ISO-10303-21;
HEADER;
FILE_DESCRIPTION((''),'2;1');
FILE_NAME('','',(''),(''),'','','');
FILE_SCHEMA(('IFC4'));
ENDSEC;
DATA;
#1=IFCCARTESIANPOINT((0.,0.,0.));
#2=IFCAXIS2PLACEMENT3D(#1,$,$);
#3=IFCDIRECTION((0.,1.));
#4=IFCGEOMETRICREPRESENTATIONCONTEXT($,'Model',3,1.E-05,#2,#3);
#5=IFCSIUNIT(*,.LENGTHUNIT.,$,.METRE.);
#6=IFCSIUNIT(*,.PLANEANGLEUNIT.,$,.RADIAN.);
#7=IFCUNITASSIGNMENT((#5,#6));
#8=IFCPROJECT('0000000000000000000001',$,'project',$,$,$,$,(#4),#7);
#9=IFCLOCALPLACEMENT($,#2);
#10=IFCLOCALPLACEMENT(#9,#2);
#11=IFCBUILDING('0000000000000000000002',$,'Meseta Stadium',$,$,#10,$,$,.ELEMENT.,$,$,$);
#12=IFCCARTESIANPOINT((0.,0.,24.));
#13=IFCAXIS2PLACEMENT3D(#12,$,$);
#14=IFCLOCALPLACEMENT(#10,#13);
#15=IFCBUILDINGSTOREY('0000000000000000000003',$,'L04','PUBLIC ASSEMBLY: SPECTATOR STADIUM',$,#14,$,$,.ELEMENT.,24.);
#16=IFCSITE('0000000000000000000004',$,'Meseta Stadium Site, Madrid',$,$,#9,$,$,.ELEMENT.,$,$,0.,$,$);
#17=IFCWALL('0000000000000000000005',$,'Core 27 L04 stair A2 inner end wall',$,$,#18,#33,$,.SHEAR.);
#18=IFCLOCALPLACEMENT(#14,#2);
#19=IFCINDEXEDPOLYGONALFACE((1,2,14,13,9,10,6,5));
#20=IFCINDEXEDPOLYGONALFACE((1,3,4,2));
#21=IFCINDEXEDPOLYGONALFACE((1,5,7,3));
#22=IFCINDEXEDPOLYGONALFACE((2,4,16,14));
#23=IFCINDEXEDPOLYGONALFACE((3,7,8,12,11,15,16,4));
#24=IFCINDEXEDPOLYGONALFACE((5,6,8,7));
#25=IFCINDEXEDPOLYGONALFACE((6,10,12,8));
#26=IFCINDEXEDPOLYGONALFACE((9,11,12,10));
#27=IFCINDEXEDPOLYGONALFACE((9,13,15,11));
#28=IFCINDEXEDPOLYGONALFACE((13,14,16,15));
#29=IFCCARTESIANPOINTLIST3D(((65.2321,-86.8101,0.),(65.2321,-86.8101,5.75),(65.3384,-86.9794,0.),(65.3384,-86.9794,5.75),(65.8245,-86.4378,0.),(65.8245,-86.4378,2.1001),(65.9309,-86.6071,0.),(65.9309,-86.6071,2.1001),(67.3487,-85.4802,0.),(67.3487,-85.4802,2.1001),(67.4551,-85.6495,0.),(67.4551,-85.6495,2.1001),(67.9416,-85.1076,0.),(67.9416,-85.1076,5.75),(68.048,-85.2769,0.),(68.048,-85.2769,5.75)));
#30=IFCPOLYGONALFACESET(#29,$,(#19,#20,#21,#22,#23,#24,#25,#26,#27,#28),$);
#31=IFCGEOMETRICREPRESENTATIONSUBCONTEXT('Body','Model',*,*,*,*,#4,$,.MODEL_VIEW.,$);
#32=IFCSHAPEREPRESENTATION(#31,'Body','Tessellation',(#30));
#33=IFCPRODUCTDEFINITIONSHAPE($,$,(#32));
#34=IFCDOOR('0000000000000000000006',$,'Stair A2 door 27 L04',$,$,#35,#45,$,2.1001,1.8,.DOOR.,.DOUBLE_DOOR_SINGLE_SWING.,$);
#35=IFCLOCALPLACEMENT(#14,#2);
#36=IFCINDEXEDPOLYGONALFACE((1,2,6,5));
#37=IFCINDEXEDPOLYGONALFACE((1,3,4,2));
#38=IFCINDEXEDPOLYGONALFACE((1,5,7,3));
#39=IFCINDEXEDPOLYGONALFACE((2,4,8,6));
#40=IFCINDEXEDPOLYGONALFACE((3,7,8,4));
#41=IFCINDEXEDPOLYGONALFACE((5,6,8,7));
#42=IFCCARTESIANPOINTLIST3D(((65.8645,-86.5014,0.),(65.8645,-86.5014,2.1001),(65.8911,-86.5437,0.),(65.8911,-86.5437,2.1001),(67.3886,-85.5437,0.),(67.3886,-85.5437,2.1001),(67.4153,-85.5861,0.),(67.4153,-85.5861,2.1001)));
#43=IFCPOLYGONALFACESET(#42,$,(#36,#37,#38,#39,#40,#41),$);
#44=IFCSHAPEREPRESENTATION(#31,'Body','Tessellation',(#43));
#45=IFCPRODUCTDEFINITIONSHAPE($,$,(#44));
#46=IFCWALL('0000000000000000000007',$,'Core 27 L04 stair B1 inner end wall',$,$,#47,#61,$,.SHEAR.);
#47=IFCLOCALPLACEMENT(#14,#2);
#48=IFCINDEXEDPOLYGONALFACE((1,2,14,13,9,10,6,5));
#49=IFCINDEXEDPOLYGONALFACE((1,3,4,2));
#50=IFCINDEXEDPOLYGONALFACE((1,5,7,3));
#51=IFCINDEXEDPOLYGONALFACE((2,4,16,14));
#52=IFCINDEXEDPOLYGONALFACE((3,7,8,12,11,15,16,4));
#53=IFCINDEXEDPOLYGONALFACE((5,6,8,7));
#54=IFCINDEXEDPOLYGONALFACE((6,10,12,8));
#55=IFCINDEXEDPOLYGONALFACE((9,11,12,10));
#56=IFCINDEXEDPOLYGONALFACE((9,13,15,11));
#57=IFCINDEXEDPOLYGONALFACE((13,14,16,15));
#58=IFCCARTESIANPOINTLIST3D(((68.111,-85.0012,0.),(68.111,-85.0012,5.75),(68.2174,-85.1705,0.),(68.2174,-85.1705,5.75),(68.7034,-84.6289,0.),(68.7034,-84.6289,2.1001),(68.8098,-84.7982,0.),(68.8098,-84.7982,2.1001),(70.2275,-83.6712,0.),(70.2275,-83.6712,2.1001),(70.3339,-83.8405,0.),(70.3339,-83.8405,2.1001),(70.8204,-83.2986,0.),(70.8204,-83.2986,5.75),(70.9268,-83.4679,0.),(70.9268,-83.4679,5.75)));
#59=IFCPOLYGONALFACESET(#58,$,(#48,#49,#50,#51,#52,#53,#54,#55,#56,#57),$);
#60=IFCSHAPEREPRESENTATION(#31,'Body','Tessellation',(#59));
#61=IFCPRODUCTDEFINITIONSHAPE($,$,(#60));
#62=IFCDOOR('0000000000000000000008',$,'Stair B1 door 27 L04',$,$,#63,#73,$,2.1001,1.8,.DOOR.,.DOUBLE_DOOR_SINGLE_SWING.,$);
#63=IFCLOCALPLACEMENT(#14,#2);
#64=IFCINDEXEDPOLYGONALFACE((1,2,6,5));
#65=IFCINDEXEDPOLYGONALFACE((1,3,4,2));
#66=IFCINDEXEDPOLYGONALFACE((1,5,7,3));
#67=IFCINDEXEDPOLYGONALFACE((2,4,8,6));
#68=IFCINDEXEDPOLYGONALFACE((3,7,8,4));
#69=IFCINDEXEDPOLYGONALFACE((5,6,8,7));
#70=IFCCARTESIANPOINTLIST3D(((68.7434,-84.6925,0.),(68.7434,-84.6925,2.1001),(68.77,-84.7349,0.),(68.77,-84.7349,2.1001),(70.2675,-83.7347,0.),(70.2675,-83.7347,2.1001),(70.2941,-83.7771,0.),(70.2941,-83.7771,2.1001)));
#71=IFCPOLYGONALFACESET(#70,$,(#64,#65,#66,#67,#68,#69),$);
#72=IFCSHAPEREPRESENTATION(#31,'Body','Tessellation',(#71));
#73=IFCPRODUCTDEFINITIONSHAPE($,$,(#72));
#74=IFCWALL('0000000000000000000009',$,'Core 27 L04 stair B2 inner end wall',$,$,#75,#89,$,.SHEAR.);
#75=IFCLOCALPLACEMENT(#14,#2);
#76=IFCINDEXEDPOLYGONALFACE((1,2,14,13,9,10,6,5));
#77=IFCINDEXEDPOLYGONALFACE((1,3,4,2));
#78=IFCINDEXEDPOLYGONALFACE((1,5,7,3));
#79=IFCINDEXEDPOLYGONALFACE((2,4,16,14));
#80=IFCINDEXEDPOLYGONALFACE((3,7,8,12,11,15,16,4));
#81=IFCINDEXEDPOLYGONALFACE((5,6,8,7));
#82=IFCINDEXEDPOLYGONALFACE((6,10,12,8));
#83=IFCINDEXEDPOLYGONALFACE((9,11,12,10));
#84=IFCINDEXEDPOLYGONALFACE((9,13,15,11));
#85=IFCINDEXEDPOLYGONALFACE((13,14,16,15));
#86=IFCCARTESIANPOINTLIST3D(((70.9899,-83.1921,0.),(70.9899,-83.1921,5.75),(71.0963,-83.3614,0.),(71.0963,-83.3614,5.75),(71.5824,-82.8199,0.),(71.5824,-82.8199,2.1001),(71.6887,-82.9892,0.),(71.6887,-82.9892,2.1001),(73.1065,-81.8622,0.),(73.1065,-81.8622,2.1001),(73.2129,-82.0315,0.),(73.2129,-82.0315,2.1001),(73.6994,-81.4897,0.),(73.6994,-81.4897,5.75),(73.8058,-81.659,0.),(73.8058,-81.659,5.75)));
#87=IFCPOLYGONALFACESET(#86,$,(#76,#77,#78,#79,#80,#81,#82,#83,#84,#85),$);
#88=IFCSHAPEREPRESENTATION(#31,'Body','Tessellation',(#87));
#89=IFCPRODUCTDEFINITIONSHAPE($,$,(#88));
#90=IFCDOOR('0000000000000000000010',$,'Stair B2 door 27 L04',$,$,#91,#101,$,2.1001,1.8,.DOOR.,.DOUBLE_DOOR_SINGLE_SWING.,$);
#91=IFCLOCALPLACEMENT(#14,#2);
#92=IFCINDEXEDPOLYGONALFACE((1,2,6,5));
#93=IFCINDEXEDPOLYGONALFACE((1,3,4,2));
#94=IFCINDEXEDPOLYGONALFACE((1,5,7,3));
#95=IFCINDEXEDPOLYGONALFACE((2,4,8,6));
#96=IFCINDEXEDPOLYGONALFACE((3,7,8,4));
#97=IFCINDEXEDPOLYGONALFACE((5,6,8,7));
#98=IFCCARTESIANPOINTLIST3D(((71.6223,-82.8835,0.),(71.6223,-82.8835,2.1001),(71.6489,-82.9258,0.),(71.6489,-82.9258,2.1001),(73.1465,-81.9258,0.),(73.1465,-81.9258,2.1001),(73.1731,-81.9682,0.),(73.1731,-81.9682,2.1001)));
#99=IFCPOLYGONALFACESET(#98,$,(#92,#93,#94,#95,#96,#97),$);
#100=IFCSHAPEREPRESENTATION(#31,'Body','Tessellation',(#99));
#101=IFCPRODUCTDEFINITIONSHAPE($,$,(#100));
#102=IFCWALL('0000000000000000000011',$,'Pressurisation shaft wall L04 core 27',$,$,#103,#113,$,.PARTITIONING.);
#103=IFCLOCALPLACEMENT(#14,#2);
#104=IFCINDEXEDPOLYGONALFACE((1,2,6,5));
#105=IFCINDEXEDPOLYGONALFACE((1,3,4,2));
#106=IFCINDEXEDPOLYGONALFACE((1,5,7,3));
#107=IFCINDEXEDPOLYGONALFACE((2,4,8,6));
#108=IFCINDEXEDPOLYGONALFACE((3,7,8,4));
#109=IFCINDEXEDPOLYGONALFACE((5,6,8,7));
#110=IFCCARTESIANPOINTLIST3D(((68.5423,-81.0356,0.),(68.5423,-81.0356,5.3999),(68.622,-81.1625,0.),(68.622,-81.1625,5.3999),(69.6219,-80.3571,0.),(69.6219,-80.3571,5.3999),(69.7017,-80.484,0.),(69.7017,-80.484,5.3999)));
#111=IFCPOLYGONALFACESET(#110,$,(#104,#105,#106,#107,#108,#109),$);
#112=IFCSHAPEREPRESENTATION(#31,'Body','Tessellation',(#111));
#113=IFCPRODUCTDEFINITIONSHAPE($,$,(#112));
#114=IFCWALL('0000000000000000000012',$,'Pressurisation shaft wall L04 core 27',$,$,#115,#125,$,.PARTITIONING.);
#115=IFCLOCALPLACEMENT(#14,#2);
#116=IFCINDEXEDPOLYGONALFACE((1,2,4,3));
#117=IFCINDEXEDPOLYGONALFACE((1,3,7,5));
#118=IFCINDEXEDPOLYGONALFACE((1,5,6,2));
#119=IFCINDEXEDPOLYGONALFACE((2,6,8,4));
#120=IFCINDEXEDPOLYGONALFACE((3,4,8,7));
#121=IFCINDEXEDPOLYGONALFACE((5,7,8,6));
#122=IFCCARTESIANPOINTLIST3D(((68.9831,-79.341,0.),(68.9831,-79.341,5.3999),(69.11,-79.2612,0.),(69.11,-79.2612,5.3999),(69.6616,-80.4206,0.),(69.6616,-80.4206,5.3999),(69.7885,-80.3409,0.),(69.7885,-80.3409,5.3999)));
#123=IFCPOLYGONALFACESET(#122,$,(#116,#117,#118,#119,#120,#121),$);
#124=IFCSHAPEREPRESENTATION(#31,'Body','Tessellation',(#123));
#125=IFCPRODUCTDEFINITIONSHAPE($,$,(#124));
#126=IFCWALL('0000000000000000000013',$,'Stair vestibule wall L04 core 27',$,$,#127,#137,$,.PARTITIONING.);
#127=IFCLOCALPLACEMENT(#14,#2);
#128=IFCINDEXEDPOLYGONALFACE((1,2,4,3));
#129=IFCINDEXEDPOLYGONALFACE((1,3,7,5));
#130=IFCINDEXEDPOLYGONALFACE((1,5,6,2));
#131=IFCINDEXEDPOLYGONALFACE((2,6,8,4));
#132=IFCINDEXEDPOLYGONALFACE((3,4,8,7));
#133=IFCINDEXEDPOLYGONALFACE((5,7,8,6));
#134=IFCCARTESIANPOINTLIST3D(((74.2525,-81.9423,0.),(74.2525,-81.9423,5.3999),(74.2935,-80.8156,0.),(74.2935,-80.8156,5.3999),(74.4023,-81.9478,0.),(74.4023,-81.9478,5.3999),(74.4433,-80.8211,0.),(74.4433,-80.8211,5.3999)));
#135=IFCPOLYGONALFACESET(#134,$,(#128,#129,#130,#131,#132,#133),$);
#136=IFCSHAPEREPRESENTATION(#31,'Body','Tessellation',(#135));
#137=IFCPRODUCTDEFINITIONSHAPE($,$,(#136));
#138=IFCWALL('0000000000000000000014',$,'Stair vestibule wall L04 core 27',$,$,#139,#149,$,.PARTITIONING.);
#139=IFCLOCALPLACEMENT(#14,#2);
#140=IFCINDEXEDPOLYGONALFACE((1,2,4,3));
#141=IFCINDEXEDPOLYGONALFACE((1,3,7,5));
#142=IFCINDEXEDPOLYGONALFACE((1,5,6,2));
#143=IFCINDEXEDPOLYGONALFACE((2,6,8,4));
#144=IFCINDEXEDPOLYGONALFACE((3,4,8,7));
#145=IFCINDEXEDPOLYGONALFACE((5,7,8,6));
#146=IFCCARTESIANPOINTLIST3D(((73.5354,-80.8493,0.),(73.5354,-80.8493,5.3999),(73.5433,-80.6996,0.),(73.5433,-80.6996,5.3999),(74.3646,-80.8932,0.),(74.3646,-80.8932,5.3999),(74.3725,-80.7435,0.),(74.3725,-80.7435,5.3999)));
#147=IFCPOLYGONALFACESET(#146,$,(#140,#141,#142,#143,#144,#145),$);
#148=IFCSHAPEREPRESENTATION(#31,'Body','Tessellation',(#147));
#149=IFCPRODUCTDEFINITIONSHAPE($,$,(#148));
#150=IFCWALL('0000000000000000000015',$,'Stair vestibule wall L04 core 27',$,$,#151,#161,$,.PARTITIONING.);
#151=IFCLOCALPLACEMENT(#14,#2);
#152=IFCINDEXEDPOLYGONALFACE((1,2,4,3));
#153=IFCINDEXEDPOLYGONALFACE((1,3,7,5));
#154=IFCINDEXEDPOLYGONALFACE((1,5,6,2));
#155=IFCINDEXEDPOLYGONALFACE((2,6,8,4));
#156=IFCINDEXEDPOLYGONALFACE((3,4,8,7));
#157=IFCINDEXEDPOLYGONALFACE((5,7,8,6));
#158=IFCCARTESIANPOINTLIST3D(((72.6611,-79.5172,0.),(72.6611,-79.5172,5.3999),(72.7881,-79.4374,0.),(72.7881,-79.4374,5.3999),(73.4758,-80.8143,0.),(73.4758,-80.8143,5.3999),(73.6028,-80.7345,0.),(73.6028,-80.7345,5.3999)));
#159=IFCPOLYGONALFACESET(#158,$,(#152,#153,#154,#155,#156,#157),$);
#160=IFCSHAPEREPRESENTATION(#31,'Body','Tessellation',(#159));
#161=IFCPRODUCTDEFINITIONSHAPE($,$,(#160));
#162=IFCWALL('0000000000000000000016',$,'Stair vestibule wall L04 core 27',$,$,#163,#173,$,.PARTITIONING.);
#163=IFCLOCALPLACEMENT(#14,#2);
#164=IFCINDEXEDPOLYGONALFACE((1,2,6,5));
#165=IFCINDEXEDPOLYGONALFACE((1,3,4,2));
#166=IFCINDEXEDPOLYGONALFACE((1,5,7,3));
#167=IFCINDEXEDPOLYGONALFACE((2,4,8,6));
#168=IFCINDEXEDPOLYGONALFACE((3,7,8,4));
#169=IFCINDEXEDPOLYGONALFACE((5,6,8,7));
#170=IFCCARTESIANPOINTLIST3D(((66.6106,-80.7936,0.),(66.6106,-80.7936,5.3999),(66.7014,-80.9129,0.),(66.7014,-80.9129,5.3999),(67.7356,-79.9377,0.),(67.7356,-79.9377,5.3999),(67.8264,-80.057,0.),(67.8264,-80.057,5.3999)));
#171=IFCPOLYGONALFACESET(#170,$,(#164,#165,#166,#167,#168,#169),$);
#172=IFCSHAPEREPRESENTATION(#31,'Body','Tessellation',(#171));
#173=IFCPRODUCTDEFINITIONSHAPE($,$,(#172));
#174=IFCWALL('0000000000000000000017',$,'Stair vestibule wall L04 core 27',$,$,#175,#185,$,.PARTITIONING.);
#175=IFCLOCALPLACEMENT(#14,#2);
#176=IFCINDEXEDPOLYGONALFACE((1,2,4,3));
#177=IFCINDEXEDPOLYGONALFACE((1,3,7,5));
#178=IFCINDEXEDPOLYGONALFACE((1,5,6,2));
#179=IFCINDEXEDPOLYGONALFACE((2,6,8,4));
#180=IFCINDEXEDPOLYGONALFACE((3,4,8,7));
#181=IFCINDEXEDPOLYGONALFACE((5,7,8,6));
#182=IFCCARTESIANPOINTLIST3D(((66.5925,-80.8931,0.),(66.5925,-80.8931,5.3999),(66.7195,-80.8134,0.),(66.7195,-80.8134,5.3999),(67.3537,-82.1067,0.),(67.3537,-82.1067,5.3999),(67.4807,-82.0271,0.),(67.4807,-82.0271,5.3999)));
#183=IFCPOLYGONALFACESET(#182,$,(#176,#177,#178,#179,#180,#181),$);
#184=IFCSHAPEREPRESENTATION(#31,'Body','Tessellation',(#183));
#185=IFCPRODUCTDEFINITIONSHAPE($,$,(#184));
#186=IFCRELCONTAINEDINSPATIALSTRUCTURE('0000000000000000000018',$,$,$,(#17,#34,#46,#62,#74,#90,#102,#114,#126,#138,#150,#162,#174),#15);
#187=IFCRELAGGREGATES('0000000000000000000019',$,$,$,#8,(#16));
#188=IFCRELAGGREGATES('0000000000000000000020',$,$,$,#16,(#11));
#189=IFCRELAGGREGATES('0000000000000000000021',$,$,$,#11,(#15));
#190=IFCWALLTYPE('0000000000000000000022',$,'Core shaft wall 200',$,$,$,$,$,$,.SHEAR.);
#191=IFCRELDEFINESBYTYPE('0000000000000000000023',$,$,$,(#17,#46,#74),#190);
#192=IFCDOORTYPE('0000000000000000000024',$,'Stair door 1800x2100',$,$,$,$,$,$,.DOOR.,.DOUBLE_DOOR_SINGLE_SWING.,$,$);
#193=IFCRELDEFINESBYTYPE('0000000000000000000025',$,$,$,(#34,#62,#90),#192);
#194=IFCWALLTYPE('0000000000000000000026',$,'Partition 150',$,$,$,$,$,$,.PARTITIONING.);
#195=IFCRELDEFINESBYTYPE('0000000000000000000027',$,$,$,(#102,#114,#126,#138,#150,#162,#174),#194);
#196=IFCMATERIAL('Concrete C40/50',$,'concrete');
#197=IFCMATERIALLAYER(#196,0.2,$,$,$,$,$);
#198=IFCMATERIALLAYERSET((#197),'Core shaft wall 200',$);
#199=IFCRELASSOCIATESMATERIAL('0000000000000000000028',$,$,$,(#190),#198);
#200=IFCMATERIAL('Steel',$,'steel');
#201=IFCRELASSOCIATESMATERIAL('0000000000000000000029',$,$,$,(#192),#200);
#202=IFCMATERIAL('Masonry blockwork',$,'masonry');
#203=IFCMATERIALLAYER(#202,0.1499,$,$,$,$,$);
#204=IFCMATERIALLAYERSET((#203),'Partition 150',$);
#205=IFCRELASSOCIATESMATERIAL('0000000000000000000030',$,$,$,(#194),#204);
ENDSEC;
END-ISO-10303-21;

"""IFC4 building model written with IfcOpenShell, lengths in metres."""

from ifc_helpers import new_model, si_unit, direction, frame, frame_2d, origin, place, context, subcontext, project, spatial, rectangle, extrude, material, layer, layer_set, type_object, element, fill, save


model = new_model("IFC4")

# Units and contexts
model_context = context("Model", 3, precision=1e-05, world=origin(), true_north=direction((0.0, 1.0)))
body_context = subcontext(model_context, "Body", "Model", "MODEL_VIEW")
ifc_project = project(units=[si_unit("LENGTHUNIT", "METRE"), si_unit("PLANEANGLEUNIT", "RADIAN")], contexts=[model_context])

# Site, building, storey
site_placement = place(None, origin())
site = spatial("IfcSite", under=ifc_project, at=site_placement, Name="Meseta Stadium Site, Madrid", CompositionType="ELEMENT", RefElevation=0.0)
building_placement = place(site_placement, origin())
building = spatial("IfcBuilding", under=site, at=building_placement, Name="Meseta Stadium", CompositionType="ELEMENT")
storey_placement = place(building_placement, frame((0.0, 0.0, 24.0)))
storey = spatial("IfcBuildingStorey", under=building, at=storey_placement, Name="L04", Description="PUBLIC ASSEMBLY: SPECTATOR STADIUM", CompositionType="ELEMENT", Elevation=24.0)

# Walls, openings, doors
ifc_material_1 = material(Name="Concrete C40/50", Category="concrete")
ifc_layer_1 = layer(ifc_material_1, 0.2)
ifc_layer_set_1 = layer_set([ifc_layer_1], Name="Core shaft wall 200")
wall_type_1 = type_object("IfcWallType", Name="Core shaft wall 200", PredefinedType="SHEAR", material=ifc_layer_set_1)
ifc_material_2 = material(Name="Steel", Category="steel")
door_type = type_object("IfcDoorType", Name="Stair door 1800x2100", OperationType="DOUBLE_DOOR_SINGLE_SWING", PredefinedType="DOOR", material=ifc_material_2)
wall_1_placement = place(storey_placement, frame((65.2852, -86.8948, 0.0), z_axis=(0.0, 0.0, 1.0), x_axis=(0.846736, 0.532014, 0.0)))
wall_1 = element("IfcWall", 1, at=wall_1_placement, inside=storey, type_object=wall_type_1, Name="Core 27 L04 stair A2 inner end wall", PredefinedType="SHEAR", context=body_context, shape_type="SweptSolid", body=[
    extrude(rectangle(XDim=3.2, YDim=0.2, at=frame_2d((1.6001, 0.0))), origin(), (0.0, 0.0, 1.0), 5.75),
])
opening_1_placement = place(wall_1_placement, frame((0.7, 0.0, 0.0)))
opening_1 = element("IfcOpeningElement", 2, at=opening_1_placement, cuts=wall_1, PredefinedType="OPENING", context=body_context, shape_type="SweptSolid", body=[
    extrude(rectangle(XDim=1.8, YDim=2.1001, at=frame_2d((0.8999, 1.05))), frame((0.0, 0.1099, 0.0), z_axis=(0.0, -1.0, 0.0), x_axis=(1.0, 0.0, 0.0)), (0.0, 0.0, 1.0), 0.22),
])
door_1_placement = place(opening_1_placement, origin())
door_1 = element("IfcDoor", 3, at=door_1_placement, inside=storey, type_object=door_type, Name="Stair A2 door 27 L04", OperationType="DOUBLE_DOOR_SINGLE_SWING", OverallHeight=2.1001, OverallWidth=1.8, PredefinedType="DOOR", context=body_context, shape_type="SweptSolid", body=[
    extrude(rectangle(XDim=1.8, YDim=2.1001, at=frame_2d((0.8999, 1.05))), frame((0.0, 0.0249, 0.0), z_axis=(0.0, -1.0, 0.0), x_axis=(1.0, 0.0, 0.0)), (0.0, 0.0, 1.0), 0.05),
])
fill(opening_1, door_1)
wall_2_placement = place(storey_placement, frame((68.1641, -85.0859, 0.0), z_axis=(0.0, 0.0, 1.0), x_axis=(0.846701, 0.532068, 0.0)))
wall_2 = element("IfcWall", 4, at=wall_2_placement, inside=storey, type_object=wall_type_1, Name="Core 27 L04 stair B1 inner end wall", PredefinedType="SHEAR", context=body_context, shape_type="SweptSolid", body=[
    extrude(rectangle(XDim=3.2, YDim=0.2, at=frame_2d((1.6001, 0.0))), origin(), (0.0, 0.0, 1.0), 5.75),
])
opening_2_placement = place(wall_2_placement, frame((0.7, 0.0, 0.0)))
opening_2 = element("IfcOpeningElement", 5, at=opening_2_placement, cuts=wall_2, PredefinedType="OPENING", context=body_context, shape_type="SweptSolid", body=[
    extrude(rectangle(XDim=1.8, YDim=2.1001, at=frame_2d((0.8999, 1.05))), frame((0.0, 0.1099, 0.0), z_axis=(0.0, -1.0, 0.0), x_axis=(1.0, 0.0, 0.0)), (0.0, 0.0, 1.0), 0.22),
])
door_2_placement = place(opening_2_placement, origin())
door_2 = element("IfcDoor", 6, at=door_2_placement, inside=storey, type_object=door_type, Name="Stair B1 door 27 L04", OperationType="DOUBLE_DOOR_SINGLE_SWING", OverallHeight=2.1001, OverallWidth=1.8, PredefinedType="DOOR", context=body_context, shape_type="SweptSolid", body=[
    extrude(rectangle(XDim=1.8, YDim=2.1001, at=frame_2d((0.8999, 1.05))), frame((0.0, 0.0249, 0.0), z_axis=(0.0, -1.0, 0.0), x_axis=(1.0, 0.0, 0.0)), (0.0, 0.0, 1.0), 0.05),
])
fill(opening_2, door_2)
wall_3_placement = place(storey_placement, frame((71.043, -83.2769, 0.0), z_axis=(0.0, 0.0, 1.0), x_axis=(0.846736, 0.532014, 0.0)))
wall_3 = element("IfcWall", 7, at=wall_3_placement, inside=storey, type_object=wall_type_1, Name="Core 27 L04 stair B2 inner end wall", PredefinedType="SHEAR", context=body_context, shape_type="SweptSolid", body=[
    extrude(rectangle(XDim=3.2, YDim=0.2, at=frame_2d((1.6001, 0.0))), origin(), (0.0, 0.0, 1.0), 5.75),
])
opening_3_placement = place(wall_3_placement, frame((0.7, 0.0, 0.0)))
opening_3 = element("IfcOpeningElement", 8, at=opening_3_placement, cuts=wall_3, PredefinedType="OPENING", context=body_context, shape_type="SweptSolid", body=[
    extrude(rectangle(XDim=1.8, YDim=2.1001, at=frame_2d((0.8999, 1.05))), frame((0.0, 0.1099, 0.0), z_axis=(0.0, -1.0, 0.0), x_axis=(1.0, 0.0, 0.0)), (0.0, 0.0, 1.0), 0.22),
])
door_3_placement = place(opening_3_placement, origin())
door_3 = element("IfcDoor", 9, at=door_3_placement, inside=storey, type_object=door_type, Name="Stair B2 door 27 L04", OperationType="DOUBLE_DOOR_SINGLE_SWING", OverallHeight=2.1001, OverallWidth=1.8, PredefinedType="DOOR", context=body_context, shape_type="SweptSolid", body=[
    extrude(rectangle(XDim=1.8, YDim=2.1001, at=frame_2d((0.8999, 1.05))), frame((0.0, 0.0249, 0.0), z_axis=(0.0, -1.0, 0.0), x_axis=(1.0, 0.0, 0.0)), (0.0, 0.0, 1.0), 0.05),
])
fill(opening_3, door_3)

# Walls
ifc_material_3 = material(Name="Masonry blockwork", Category="masonry")
ifc_layer_2 = layer(ifc_material_3, 0.1499)
ifc_layer_set_2 = layer_set([ifc_layer_2], Name="Partition 150")
wall_type_2 = type_object("IfcWallType", Name="Partition 150", PredefinedType="PARTITIONING", material=ifc_layer_set_2)
for number, where, z_axis, x_axis, name in (
    (10, (68.582, -81.0991, 0.0), (0.0, 0.0, 1.0), (0.846683, 0.532097, 0.0), "Pressurisation shaft wall L04 core 27"),
    (11, (69.7251, -80.3809, 0.0), (0.0, 0.0, 1.0), (-0.532097, 0.846683, 0.0), "Pressurisation shaft wall L04 core 27"),
):
    element("IfcWall", number, at=place(storey_placement, frame(where, z_axis=z_axis, x_axis=x_axis)), inside=storey, type_object=wall_type_2, Name=name, PredefinedType="PARTITIONING", context=body_context, shape_type="SweptSolid", body=[
        extrude(rectangle(XDim=1.2751, YDim=0.1499, at=frame_2d((0.6377, 0.0))), origin(), (0.0, 0.0, 1.0), 5.3999),
    ])
wall_4_placement = place(storey_placement, frame((74.3274, -81.9451, 0.0), z_axis=(0.0, 0.0, 1.0), x_axis=(0.036379, 0.999338, 0.0)))
element("IfcWall", 12, at=wall_4_placement, inside=storey, type_object=wall_type_2, Name="Stair vestibule wall L04 core 27", PredefinedType="PARTITIONING", context=body_context, shape_type="SweptSolid", body=[
    extrude(rectangle(XDim=1.1274, YDim=0.1499, at=frame_2d((0.5637, 0.0))), origin(), (0.0, 0.0, 1.0), 5.3999),
])
wall_5_placement = place(storey_placement, frame((74.3684, -80.8184, 0.0), z_axis=(0.0, 0.0, 1.0), x_axis=(-0.998598, 0.052929, 0.0)))
element("IfcWall", 13, at=wall_5_placement, inside=storey, type_object=wall_type_2, Name="Stair vestibule wall L04 core 27", PredefinedType="PARTITIONING", context=body_context, shape_type="SweptSolid", body=[
    extrude(rectangle(XDim=0.8303, YDim=0.1499, at=frame_2d((0.415, 0.0))), origin(), (0.0, 0.0, 1.0), 5.3999),
])
wall_6_placement = place(storey_placement, frame((73.5393, -80.7744, 0.0), z_axis=(0.0, 0.0, 1.0), x_axis=(-0.531874, 0.846823, 0.0)))
element("IfcWall", 14, at=wall_6_placement, inside=storey, type_object=wall_type_2, Name="Stair vestibule wall L04 core 27", PredefinedType="PARTITIONING", context=body_context, shape_type="SweptSolid", body=[
    extrude(rectangle(XDim=1.5317, YDim=0.1499, at=frame_2d((0.7659, 0.0))), origin(), (0.0, 0.0, 1.0), 5.3999),
])
wall_7_placement = place(storey_placement, frame((67.781, -79.9973, 0.0), z_axis=(0.0, 0.0, 1.0), x_axis=(-0.795836, -0.605512, 0.0)))
element("IfcWall", 15, at=wall_7_placement, inside=storey, type_object=wall_type_2, Name="Stair vestibule wall L04 core 27", PredefinedType="PARTITIONING", context=body_context, shape_type="SweptSolid", body=[
    extrude(rectangle(XDim=1.4136, YDim=0.1499, at=frame_2d((0.7068, 0.0))), origin(), (0.0, 0.0, 1.0), 5.3999),
])
wall_8_placement = place(storey_placement, frame((66.656, -80.8533, 0.0), z_axis=(0.0, 0.0, 1.0), x_axis=(0.531362, -0.847145, 0.0)))
element("IfcWall", 16, at=wall_8_placement, inside=storey, type_object=wall_type_2, Name="Stair vestibule wall L04 core 27", PredefinedType="PARTITIONING", context=body_context, shape_type="SweptSolid", body=[
    extrude(rectangle(XDim=1.4326, YDim=0.1499, at=frame_2d((0.7163, 0.0))), origin(), (0.0, 0.0, 1.0), 5.3999),
])

save(model, "model.ifc")
